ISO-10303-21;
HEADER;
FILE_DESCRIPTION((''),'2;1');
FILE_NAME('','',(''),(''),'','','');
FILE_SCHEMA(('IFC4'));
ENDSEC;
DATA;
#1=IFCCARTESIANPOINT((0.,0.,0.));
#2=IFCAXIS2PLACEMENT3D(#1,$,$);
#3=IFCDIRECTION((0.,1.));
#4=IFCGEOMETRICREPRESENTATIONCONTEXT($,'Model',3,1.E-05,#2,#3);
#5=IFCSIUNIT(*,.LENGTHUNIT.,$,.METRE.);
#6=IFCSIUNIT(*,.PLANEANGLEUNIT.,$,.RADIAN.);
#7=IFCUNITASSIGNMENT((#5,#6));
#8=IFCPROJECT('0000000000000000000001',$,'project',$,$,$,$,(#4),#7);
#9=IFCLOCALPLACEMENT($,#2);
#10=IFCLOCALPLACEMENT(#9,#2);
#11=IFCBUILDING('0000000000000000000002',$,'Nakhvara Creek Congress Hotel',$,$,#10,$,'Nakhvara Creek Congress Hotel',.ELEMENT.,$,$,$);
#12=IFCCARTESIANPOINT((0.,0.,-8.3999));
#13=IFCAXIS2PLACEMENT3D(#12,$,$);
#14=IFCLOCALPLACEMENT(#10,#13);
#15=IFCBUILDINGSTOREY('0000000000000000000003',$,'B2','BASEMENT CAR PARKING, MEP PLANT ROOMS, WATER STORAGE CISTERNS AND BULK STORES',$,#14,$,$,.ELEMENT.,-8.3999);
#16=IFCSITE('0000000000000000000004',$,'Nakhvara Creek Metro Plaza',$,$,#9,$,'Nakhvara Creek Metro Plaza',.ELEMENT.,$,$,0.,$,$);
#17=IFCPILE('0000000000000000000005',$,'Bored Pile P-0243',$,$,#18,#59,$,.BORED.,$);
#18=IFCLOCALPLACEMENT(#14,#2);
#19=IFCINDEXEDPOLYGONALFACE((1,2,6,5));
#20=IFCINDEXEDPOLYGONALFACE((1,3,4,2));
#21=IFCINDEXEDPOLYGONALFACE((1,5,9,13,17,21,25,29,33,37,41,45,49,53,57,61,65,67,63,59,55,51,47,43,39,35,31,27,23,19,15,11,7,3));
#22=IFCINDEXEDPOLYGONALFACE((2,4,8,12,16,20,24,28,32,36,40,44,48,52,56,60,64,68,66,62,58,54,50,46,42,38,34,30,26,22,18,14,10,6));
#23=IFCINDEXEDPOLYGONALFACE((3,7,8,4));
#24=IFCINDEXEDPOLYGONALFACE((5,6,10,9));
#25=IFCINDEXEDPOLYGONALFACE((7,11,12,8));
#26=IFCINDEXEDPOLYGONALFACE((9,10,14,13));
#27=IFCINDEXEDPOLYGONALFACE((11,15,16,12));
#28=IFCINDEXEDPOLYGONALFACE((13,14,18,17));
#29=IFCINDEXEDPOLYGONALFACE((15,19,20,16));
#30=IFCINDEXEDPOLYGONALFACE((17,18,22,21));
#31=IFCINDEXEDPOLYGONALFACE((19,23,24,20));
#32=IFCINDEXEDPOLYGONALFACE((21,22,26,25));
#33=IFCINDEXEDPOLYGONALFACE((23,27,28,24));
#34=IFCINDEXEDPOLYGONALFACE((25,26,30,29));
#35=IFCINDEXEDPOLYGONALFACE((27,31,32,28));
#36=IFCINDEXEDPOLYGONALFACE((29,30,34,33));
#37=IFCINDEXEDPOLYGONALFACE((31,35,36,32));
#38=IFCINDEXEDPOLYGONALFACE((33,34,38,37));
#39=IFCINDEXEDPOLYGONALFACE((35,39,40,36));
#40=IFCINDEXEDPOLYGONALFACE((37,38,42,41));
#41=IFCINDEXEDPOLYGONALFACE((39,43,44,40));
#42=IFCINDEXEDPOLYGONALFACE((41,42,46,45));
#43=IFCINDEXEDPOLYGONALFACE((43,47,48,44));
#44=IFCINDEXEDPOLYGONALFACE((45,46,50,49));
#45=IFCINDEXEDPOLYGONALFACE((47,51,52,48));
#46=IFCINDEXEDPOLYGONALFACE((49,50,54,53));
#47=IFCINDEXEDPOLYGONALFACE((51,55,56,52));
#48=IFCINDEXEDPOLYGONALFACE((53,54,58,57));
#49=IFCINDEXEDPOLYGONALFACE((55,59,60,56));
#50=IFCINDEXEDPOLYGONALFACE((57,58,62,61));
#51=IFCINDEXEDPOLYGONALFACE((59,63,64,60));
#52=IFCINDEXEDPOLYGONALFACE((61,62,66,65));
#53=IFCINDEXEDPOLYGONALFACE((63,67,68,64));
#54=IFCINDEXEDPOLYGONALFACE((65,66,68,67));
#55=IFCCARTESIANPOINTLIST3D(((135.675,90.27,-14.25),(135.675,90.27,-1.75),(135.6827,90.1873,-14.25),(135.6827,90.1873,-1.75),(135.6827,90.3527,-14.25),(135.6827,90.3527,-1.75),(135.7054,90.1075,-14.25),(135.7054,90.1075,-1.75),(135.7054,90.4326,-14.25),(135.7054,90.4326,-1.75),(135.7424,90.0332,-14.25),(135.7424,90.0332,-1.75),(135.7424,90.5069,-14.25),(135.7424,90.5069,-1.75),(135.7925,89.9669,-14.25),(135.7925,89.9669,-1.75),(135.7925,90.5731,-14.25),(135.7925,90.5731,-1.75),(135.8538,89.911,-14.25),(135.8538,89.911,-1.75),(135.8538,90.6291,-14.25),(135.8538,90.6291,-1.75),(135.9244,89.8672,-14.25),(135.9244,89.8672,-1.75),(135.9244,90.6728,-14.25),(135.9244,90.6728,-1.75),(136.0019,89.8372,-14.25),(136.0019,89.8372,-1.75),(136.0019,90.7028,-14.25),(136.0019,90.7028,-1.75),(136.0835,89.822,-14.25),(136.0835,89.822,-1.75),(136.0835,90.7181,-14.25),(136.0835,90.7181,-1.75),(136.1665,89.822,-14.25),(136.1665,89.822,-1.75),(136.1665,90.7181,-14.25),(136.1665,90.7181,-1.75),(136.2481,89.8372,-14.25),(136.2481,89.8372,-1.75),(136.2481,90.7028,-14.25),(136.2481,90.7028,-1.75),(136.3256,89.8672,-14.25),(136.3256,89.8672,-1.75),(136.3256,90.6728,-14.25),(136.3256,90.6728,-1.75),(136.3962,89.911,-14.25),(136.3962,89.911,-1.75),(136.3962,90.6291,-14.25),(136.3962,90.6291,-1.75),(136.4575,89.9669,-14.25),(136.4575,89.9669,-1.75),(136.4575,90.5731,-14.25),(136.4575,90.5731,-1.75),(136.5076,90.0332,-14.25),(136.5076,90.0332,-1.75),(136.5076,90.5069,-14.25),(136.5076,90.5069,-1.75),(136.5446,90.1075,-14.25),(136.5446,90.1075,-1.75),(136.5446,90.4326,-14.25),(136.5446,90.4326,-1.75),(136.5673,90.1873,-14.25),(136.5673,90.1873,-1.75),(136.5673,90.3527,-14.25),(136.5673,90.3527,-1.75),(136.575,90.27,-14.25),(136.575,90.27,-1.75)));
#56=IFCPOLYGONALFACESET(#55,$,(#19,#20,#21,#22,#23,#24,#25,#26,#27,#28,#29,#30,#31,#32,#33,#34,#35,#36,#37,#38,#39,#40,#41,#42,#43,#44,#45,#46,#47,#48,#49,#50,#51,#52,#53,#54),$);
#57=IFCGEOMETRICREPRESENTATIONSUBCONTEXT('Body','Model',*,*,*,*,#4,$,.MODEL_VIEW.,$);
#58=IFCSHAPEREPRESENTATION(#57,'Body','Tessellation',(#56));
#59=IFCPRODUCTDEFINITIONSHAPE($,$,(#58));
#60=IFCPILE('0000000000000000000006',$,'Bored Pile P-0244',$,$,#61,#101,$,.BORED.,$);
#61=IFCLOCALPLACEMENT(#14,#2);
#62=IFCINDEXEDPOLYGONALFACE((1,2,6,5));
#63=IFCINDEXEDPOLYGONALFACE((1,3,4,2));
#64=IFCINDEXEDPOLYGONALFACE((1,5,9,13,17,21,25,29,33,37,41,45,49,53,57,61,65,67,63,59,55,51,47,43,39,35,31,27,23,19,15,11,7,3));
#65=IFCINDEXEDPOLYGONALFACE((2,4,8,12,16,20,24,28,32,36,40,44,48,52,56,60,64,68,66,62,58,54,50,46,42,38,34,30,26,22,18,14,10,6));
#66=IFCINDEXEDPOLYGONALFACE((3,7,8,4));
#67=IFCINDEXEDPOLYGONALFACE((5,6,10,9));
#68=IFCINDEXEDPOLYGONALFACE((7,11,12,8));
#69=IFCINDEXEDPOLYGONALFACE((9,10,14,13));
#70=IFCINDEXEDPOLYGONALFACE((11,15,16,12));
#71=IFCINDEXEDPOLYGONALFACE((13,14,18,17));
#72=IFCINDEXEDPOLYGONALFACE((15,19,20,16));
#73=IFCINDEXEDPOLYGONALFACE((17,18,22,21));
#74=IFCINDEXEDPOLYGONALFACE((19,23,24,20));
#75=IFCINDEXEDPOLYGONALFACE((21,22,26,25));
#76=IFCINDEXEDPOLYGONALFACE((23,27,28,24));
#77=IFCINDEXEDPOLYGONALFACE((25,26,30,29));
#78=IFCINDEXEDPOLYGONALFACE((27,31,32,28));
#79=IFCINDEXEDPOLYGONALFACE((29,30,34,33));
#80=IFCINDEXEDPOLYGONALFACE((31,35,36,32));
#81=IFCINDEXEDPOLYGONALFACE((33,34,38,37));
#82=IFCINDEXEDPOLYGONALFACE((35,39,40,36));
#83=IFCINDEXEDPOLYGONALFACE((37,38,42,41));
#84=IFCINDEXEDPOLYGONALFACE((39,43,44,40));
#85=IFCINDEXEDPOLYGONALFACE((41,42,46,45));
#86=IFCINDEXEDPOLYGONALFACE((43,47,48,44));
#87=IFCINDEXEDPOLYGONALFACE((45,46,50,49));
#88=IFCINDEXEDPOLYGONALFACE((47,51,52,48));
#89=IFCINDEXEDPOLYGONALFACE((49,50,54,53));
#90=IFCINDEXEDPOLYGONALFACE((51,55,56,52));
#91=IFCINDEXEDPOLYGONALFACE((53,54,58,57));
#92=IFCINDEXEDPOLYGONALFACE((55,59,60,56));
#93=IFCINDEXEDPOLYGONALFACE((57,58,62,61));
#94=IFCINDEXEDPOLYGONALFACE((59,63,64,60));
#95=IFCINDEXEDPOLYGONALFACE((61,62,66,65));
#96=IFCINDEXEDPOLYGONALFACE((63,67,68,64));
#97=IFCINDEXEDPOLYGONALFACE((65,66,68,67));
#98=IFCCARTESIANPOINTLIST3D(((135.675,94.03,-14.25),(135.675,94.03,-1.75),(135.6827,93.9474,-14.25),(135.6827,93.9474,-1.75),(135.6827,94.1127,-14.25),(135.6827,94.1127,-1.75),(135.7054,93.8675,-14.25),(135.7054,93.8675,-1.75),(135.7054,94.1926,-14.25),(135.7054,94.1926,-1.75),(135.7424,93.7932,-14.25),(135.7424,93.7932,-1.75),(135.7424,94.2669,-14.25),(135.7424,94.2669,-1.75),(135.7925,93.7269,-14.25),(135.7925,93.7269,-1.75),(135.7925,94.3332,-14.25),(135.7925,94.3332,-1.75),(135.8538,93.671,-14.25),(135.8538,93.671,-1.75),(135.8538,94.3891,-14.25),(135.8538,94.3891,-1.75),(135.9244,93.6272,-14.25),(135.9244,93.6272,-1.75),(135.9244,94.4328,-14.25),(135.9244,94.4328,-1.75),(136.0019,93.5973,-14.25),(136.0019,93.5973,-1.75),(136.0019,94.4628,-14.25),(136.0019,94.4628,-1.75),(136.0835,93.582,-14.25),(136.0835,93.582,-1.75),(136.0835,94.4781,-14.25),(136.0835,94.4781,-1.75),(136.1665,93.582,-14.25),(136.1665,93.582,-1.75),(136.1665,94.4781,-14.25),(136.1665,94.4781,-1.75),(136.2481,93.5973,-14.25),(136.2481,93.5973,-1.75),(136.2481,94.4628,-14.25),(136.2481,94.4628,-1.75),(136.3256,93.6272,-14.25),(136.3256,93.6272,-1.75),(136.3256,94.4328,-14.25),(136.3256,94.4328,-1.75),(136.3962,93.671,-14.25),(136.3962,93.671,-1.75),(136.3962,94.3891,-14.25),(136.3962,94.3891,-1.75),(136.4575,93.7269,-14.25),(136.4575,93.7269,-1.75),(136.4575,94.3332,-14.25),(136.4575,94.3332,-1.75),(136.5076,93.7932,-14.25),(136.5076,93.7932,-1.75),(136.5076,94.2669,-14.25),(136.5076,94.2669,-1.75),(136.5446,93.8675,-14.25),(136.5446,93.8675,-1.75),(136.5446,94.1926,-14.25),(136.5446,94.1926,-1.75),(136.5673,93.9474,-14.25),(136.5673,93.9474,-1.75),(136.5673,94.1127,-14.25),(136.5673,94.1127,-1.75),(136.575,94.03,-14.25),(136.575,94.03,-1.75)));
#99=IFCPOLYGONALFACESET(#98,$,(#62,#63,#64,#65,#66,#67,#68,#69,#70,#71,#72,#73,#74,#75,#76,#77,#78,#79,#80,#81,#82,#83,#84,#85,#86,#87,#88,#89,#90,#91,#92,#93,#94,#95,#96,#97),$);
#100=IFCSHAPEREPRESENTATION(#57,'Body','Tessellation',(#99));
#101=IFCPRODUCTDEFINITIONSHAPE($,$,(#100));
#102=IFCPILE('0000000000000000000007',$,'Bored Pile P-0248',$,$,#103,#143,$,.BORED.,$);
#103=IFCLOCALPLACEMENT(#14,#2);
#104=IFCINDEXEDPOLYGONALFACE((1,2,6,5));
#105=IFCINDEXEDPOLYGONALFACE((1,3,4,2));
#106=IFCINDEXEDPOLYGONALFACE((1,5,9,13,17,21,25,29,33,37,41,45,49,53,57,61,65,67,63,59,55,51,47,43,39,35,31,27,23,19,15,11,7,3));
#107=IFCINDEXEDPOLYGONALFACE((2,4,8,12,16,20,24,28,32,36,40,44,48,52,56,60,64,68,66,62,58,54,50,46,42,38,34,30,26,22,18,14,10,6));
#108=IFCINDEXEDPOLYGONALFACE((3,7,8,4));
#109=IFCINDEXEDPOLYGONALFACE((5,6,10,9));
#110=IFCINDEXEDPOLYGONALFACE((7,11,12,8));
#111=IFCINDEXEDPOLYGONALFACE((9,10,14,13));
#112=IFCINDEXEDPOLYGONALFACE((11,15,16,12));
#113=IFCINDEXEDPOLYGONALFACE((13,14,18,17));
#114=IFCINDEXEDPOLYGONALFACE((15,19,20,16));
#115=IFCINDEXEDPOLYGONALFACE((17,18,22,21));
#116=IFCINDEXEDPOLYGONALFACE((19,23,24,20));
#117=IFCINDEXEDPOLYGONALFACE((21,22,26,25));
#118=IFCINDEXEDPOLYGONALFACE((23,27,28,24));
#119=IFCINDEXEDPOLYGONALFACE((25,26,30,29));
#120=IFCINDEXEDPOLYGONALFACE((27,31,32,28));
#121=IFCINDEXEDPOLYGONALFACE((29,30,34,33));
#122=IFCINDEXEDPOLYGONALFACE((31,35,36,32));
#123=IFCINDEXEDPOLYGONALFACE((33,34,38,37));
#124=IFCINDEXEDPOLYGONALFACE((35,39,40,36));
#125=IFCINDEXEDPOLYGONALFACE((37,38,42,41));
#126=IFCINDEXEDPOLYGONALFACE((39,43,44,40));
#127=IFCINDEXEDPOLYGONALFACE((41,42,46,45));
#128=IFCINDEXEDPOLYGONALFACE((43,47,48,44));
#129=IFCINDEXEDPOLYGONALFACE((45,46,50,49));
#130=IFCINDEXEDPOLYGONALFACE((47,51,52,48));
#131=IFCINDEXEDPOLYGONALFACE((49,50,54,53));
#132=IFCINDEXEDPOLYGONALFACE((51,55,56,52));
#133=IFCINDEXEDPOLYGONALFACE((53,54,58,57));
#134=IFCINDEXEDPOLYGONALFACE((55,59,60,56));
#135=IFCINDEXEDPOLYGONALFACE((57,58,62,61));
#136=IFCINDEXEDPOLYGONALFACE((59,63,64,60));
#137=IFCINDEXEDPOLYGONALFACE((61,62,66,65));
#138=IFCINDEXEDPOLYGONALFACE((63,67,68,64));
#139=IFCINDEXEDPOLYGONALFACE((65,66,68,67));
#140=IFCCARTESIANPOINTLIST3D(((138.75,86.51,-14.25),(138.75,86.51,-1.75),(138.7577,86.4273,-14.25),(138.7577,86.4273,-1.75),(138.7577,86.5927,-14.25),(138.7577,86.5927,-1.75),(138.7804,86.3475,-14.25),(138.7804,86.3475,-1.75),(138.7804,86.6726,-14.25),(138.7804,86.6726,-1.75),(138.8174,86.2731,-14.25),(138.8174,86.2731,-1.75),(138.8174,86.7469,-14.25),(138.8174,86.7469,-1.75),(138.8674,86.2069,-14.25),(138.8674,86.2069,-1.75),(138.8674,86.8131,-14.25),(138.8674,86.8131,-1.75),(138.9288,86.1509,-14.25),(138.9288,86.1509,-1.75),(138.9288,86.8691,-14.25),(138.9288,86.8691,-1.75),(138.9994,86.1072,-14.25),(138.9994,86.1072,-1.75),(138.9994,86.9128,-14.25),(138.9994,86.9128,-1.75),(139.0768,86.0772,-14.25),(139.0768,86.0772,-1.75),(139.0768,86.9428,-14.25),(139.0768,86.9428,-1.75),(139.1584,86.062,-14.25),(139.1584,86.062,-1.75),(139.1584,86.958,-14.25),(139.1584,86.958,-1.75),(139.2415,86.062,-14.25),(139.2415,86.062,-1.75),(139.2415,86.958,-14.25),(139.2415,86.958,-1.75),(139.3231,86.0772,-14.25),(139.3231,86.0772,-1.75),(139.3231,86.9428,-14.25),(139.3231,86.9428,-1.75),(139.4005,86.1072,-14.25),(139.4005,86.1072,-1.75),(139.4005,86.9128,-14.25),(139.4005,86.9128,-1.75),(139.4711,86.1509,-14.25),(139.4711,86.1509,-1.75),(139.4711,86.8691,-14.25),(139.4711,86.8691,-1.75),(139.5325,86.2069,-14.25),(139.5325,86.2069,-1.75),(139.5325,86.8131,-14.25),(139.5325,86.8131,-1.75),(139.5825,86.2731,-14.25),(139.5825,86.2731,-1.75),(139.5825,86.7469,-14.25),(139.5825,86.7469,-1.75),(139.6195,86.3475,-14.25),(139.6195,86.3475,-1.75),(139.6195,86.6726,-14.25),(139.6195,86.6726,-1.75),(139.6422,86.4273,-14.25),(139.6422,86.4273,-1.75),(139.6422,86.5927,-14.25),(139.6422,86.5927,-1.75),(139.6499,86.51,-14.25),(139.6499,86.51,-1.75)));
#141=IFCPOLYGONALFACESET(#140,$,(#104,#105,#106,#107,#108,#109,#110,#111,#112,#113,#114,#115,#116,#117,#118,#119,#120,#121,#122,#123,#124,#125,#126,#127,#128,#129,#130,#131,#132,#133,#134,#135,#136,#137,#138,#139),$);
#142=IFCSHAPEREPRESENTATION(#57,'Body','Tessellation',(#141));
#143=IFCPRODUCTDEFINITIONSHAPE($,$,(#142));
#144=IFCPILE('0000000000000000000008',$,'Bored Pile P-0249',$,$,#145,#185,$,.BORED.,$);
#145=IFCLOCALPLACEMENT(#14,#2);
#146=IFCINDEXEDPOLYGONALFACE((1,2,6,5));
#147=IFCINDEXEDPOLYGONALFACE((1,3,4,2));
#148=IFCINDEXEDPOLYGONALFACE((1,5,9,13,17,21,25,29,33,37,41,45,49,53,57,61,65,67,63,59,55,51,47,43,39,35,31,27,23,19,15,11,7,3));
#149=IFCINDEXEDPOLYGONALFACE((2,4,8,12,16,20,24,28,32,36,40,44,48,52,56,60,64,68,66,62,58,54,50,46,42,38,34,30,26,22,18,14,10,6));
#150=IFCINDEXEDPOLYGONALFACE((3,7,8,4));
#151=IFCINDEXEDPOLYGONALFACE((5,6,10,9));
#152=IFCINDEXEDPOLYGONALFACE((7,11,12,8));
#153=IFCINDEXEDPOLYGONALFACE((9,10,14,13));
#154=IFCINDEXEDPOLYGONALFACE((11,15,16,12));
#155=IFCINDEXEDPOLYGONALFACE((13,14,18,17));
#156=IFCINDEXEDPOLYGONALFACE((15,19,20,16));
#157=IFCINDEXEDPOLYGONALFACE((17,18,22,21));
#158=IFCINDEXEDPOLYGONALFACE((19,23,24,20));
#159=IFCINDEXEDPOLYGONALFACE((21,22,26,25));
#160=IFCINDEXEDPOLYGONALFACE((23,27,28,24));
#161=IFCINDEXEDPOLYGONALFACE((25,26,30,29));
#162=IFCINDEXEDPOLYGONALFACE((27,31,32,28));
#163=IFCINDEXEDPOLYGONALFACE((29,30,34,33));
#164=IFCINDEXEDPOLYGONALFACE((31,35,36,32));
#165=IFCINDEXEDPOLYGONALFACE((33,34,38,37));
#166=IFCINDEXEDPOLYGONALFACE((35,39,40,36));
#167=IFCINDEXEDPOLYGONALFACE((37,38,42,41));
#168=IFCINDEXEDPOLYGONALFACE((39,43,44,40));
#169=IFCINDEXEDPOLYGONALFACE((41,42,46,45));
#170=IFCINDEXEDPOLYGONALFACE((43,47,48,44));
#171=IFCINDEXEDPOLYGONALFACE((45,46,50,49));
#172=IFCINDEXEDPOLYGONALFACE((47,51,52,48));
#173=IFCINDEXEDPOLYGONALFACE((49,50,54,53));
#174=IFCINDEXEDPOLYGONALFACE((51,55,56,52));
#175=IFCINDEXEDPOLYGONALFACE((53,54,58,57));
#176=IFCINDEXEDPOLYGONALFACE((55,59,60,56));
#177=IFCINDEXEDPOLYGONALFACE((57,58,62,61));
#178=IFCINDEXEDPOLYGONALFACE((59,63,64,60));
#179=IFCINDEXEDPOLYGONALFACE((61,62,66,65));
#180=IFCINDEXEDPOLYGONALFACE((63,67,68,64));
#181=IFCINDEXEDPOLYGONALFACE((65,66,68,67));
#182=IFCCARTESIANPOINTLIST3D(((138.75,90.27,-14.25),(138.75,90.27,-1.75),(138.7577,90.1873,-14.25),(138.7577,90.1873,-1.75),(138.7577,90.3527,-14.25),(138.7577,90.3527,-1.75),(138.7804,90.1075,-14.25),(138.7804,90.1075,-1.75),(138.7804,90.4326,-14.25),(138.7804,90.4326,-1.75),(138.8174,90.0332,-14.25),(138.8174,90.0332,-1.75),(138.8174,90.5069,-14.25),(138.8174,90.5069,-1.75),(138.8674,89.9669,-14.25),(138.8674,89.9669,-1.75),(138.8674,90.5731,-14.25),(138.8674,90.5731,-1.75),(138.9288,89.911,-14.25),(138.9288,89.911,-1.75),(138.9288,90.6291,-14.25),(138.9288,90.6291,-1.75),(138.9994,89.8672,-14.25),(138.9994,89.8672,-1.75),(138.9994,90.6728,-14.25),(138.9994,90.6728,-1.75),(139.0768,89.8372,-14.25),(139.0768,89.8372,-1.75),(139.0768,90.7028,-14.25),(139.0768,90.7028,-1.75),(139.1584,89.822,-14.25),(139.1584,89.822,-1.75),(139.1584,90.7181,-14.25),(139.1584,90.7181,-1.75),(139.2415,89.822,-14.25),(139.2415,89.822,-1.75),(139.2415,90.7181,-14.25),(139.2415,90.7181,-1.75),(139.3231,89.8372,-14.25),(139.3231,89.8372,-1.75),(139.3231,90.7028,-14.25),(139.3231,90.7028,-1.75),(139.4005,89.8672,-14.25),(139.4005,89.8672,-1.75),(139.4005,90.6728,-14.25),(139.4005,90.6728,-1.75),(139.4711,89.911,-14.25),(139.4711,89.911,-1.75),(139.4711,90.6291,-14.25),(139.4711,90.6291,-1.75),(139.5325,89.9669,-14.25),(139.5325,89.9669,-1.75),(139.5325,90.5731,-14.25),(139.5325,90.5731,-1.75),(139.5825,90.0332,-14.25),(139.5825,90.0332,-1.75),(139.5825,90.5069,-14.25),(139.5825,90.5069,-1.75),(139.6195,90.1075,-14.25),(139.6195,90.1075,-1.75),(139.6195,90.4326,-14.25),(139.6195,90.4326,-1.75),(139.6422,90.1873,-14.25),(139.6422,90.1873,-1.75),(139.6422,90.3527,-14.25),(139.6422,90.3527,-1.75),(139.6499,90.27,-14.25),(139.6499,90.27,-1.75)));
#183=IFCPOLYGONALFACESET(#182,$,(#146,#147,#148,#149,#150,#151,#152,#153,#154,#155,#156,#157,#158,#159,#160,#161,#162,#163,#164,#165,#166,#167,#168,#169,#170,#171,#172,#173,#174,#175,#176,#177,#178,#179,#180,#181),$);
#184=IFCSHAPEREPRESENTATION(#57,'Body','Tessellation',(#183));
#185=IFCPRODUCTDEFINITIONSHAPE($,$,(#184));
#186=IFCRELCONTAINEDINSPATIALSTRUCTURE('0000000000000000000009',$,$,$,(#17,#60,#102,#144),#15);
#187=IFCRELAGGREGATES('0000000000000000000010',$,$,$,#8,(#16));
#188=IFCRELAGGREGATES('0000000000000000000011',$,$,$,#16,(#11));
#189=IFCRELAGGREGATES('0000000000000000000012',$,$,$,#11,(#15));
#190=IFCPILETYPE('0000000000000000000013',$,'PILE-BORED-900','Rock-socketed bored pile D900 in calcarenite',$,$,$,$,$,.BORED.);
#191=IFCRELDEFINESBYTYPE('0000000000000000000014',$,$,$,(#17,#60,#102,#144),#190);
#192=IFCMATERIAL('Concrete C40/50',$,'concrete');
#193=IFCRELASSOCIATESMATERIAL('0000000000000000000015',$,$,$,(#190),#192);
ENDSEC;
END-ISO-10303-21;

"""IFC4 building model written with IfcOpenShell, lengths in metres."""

from ifc_helpers import new_model, si_unit, direction, frame, origin, origin_2d, place, context, subcontext, project, spatial, circle, extrude, material, material_profile, profile_set, type_object, element, save


model = new_model("IFC4")

# Units and contexts
model_context = context("Model", 3, precision=1e-05, world=origin(), true_north=direction((0.0, 1.0)))
body_context = subcontext(model_context, "Body", "Model", "MODEL_VIEW")
ifc_project = project(units=[si_unit("LENGTHUNIT", "METRE"), si_unit("PLANEANGLEUNIT", "RADIAN")], contexts=[model_context])

# Site, building, storey
site_placement = place(None, origin())
site = spatial("IfcSite", under=ifc_project, at=site_placement, Name="Nakhvara Creek Metro Plaza", LongName="Nakhvara Creek Metro Plaza", CompositionType="ELEMENT", RefElevation=0.0)
building_placement = place(site_placement, origin())
building = spatial("IfcBuilding", under=site, at=building_placement, Name="Nakhvara Creek Congress Hotel", LongName="Nakhvara Creek Congress Hotel", CompositionType="ELEMENT")
storey_placement = place(building_placement, frame((0.0, 0.0, -8.3999)))
storey = spatial("IfcBuildingStorey", under=building, at=storey_placement, Name="B2", Description="BASEMENT CAR PARKING, MEP PLANT ROOMS, WATER STORAGE CISTERNS AND BULK STORES", CompositionType="ELEMENT", Elevation=-8.3999)

# Shared definitions
ifc_material_1 = material(Name="Concrete C40/50", Category="concrete")

# Piles
ifc_material_profile_1 = material_profile(ifc_material_1, circle(Radius=0.45, at=origin_2d()), Name="BORED PILE D900", Category="LoadBearing")
ifc_profile_set_1 = profile_set([ifc_material_profile_1], Name="Concrete C40/50")
pile_type_1 = type_object("IfcPileType", Name="PILE-BORED-900", Description="Rock-socketed bored pile D900 in calcarenite", PredefinedType="BORED", material=ifc_profile_set_1)
for number, where, z_axis, x_axis, name in (
    (1, (136.125, 90.27, -1.75), (0.0, 0.0, -1.0), (1.0, 0.0, 0.0), "Bored Pile P-0243"),
    (2, (136.125, 94.03, -1.75), (0.0, 0.0, -1.0), (1.0, 0.0, 0.0), "Bored Pile P-0244"),
    (3, (139.2, 86.51, -1.75), (0.0, 0.0, -1.0), (1.0, 0.0, 0.0), "Bored Pile P-0248"),
    (4, (139.2, 90.27, -1.75), (0.0, 0.0, -1.0), (1.0, 0.0, 0.0), "Bored Pile P-0249"),
):
    element("IfcPile", number, at=place(storey_placement, frame(where, z_axis=z_axis, x_axis=x_axis)), inside=storey, type_object=pile_type_1, Name=name, PredefinedType="BORED", context=body_context, shape_type="SweptSolid", body=[
        extrude(circle(Radius=0.45, at=origin_2d()), origin(), (0.0, 0.0, 1.0), 12.5),
    ])

save(model, "model.ifc")
